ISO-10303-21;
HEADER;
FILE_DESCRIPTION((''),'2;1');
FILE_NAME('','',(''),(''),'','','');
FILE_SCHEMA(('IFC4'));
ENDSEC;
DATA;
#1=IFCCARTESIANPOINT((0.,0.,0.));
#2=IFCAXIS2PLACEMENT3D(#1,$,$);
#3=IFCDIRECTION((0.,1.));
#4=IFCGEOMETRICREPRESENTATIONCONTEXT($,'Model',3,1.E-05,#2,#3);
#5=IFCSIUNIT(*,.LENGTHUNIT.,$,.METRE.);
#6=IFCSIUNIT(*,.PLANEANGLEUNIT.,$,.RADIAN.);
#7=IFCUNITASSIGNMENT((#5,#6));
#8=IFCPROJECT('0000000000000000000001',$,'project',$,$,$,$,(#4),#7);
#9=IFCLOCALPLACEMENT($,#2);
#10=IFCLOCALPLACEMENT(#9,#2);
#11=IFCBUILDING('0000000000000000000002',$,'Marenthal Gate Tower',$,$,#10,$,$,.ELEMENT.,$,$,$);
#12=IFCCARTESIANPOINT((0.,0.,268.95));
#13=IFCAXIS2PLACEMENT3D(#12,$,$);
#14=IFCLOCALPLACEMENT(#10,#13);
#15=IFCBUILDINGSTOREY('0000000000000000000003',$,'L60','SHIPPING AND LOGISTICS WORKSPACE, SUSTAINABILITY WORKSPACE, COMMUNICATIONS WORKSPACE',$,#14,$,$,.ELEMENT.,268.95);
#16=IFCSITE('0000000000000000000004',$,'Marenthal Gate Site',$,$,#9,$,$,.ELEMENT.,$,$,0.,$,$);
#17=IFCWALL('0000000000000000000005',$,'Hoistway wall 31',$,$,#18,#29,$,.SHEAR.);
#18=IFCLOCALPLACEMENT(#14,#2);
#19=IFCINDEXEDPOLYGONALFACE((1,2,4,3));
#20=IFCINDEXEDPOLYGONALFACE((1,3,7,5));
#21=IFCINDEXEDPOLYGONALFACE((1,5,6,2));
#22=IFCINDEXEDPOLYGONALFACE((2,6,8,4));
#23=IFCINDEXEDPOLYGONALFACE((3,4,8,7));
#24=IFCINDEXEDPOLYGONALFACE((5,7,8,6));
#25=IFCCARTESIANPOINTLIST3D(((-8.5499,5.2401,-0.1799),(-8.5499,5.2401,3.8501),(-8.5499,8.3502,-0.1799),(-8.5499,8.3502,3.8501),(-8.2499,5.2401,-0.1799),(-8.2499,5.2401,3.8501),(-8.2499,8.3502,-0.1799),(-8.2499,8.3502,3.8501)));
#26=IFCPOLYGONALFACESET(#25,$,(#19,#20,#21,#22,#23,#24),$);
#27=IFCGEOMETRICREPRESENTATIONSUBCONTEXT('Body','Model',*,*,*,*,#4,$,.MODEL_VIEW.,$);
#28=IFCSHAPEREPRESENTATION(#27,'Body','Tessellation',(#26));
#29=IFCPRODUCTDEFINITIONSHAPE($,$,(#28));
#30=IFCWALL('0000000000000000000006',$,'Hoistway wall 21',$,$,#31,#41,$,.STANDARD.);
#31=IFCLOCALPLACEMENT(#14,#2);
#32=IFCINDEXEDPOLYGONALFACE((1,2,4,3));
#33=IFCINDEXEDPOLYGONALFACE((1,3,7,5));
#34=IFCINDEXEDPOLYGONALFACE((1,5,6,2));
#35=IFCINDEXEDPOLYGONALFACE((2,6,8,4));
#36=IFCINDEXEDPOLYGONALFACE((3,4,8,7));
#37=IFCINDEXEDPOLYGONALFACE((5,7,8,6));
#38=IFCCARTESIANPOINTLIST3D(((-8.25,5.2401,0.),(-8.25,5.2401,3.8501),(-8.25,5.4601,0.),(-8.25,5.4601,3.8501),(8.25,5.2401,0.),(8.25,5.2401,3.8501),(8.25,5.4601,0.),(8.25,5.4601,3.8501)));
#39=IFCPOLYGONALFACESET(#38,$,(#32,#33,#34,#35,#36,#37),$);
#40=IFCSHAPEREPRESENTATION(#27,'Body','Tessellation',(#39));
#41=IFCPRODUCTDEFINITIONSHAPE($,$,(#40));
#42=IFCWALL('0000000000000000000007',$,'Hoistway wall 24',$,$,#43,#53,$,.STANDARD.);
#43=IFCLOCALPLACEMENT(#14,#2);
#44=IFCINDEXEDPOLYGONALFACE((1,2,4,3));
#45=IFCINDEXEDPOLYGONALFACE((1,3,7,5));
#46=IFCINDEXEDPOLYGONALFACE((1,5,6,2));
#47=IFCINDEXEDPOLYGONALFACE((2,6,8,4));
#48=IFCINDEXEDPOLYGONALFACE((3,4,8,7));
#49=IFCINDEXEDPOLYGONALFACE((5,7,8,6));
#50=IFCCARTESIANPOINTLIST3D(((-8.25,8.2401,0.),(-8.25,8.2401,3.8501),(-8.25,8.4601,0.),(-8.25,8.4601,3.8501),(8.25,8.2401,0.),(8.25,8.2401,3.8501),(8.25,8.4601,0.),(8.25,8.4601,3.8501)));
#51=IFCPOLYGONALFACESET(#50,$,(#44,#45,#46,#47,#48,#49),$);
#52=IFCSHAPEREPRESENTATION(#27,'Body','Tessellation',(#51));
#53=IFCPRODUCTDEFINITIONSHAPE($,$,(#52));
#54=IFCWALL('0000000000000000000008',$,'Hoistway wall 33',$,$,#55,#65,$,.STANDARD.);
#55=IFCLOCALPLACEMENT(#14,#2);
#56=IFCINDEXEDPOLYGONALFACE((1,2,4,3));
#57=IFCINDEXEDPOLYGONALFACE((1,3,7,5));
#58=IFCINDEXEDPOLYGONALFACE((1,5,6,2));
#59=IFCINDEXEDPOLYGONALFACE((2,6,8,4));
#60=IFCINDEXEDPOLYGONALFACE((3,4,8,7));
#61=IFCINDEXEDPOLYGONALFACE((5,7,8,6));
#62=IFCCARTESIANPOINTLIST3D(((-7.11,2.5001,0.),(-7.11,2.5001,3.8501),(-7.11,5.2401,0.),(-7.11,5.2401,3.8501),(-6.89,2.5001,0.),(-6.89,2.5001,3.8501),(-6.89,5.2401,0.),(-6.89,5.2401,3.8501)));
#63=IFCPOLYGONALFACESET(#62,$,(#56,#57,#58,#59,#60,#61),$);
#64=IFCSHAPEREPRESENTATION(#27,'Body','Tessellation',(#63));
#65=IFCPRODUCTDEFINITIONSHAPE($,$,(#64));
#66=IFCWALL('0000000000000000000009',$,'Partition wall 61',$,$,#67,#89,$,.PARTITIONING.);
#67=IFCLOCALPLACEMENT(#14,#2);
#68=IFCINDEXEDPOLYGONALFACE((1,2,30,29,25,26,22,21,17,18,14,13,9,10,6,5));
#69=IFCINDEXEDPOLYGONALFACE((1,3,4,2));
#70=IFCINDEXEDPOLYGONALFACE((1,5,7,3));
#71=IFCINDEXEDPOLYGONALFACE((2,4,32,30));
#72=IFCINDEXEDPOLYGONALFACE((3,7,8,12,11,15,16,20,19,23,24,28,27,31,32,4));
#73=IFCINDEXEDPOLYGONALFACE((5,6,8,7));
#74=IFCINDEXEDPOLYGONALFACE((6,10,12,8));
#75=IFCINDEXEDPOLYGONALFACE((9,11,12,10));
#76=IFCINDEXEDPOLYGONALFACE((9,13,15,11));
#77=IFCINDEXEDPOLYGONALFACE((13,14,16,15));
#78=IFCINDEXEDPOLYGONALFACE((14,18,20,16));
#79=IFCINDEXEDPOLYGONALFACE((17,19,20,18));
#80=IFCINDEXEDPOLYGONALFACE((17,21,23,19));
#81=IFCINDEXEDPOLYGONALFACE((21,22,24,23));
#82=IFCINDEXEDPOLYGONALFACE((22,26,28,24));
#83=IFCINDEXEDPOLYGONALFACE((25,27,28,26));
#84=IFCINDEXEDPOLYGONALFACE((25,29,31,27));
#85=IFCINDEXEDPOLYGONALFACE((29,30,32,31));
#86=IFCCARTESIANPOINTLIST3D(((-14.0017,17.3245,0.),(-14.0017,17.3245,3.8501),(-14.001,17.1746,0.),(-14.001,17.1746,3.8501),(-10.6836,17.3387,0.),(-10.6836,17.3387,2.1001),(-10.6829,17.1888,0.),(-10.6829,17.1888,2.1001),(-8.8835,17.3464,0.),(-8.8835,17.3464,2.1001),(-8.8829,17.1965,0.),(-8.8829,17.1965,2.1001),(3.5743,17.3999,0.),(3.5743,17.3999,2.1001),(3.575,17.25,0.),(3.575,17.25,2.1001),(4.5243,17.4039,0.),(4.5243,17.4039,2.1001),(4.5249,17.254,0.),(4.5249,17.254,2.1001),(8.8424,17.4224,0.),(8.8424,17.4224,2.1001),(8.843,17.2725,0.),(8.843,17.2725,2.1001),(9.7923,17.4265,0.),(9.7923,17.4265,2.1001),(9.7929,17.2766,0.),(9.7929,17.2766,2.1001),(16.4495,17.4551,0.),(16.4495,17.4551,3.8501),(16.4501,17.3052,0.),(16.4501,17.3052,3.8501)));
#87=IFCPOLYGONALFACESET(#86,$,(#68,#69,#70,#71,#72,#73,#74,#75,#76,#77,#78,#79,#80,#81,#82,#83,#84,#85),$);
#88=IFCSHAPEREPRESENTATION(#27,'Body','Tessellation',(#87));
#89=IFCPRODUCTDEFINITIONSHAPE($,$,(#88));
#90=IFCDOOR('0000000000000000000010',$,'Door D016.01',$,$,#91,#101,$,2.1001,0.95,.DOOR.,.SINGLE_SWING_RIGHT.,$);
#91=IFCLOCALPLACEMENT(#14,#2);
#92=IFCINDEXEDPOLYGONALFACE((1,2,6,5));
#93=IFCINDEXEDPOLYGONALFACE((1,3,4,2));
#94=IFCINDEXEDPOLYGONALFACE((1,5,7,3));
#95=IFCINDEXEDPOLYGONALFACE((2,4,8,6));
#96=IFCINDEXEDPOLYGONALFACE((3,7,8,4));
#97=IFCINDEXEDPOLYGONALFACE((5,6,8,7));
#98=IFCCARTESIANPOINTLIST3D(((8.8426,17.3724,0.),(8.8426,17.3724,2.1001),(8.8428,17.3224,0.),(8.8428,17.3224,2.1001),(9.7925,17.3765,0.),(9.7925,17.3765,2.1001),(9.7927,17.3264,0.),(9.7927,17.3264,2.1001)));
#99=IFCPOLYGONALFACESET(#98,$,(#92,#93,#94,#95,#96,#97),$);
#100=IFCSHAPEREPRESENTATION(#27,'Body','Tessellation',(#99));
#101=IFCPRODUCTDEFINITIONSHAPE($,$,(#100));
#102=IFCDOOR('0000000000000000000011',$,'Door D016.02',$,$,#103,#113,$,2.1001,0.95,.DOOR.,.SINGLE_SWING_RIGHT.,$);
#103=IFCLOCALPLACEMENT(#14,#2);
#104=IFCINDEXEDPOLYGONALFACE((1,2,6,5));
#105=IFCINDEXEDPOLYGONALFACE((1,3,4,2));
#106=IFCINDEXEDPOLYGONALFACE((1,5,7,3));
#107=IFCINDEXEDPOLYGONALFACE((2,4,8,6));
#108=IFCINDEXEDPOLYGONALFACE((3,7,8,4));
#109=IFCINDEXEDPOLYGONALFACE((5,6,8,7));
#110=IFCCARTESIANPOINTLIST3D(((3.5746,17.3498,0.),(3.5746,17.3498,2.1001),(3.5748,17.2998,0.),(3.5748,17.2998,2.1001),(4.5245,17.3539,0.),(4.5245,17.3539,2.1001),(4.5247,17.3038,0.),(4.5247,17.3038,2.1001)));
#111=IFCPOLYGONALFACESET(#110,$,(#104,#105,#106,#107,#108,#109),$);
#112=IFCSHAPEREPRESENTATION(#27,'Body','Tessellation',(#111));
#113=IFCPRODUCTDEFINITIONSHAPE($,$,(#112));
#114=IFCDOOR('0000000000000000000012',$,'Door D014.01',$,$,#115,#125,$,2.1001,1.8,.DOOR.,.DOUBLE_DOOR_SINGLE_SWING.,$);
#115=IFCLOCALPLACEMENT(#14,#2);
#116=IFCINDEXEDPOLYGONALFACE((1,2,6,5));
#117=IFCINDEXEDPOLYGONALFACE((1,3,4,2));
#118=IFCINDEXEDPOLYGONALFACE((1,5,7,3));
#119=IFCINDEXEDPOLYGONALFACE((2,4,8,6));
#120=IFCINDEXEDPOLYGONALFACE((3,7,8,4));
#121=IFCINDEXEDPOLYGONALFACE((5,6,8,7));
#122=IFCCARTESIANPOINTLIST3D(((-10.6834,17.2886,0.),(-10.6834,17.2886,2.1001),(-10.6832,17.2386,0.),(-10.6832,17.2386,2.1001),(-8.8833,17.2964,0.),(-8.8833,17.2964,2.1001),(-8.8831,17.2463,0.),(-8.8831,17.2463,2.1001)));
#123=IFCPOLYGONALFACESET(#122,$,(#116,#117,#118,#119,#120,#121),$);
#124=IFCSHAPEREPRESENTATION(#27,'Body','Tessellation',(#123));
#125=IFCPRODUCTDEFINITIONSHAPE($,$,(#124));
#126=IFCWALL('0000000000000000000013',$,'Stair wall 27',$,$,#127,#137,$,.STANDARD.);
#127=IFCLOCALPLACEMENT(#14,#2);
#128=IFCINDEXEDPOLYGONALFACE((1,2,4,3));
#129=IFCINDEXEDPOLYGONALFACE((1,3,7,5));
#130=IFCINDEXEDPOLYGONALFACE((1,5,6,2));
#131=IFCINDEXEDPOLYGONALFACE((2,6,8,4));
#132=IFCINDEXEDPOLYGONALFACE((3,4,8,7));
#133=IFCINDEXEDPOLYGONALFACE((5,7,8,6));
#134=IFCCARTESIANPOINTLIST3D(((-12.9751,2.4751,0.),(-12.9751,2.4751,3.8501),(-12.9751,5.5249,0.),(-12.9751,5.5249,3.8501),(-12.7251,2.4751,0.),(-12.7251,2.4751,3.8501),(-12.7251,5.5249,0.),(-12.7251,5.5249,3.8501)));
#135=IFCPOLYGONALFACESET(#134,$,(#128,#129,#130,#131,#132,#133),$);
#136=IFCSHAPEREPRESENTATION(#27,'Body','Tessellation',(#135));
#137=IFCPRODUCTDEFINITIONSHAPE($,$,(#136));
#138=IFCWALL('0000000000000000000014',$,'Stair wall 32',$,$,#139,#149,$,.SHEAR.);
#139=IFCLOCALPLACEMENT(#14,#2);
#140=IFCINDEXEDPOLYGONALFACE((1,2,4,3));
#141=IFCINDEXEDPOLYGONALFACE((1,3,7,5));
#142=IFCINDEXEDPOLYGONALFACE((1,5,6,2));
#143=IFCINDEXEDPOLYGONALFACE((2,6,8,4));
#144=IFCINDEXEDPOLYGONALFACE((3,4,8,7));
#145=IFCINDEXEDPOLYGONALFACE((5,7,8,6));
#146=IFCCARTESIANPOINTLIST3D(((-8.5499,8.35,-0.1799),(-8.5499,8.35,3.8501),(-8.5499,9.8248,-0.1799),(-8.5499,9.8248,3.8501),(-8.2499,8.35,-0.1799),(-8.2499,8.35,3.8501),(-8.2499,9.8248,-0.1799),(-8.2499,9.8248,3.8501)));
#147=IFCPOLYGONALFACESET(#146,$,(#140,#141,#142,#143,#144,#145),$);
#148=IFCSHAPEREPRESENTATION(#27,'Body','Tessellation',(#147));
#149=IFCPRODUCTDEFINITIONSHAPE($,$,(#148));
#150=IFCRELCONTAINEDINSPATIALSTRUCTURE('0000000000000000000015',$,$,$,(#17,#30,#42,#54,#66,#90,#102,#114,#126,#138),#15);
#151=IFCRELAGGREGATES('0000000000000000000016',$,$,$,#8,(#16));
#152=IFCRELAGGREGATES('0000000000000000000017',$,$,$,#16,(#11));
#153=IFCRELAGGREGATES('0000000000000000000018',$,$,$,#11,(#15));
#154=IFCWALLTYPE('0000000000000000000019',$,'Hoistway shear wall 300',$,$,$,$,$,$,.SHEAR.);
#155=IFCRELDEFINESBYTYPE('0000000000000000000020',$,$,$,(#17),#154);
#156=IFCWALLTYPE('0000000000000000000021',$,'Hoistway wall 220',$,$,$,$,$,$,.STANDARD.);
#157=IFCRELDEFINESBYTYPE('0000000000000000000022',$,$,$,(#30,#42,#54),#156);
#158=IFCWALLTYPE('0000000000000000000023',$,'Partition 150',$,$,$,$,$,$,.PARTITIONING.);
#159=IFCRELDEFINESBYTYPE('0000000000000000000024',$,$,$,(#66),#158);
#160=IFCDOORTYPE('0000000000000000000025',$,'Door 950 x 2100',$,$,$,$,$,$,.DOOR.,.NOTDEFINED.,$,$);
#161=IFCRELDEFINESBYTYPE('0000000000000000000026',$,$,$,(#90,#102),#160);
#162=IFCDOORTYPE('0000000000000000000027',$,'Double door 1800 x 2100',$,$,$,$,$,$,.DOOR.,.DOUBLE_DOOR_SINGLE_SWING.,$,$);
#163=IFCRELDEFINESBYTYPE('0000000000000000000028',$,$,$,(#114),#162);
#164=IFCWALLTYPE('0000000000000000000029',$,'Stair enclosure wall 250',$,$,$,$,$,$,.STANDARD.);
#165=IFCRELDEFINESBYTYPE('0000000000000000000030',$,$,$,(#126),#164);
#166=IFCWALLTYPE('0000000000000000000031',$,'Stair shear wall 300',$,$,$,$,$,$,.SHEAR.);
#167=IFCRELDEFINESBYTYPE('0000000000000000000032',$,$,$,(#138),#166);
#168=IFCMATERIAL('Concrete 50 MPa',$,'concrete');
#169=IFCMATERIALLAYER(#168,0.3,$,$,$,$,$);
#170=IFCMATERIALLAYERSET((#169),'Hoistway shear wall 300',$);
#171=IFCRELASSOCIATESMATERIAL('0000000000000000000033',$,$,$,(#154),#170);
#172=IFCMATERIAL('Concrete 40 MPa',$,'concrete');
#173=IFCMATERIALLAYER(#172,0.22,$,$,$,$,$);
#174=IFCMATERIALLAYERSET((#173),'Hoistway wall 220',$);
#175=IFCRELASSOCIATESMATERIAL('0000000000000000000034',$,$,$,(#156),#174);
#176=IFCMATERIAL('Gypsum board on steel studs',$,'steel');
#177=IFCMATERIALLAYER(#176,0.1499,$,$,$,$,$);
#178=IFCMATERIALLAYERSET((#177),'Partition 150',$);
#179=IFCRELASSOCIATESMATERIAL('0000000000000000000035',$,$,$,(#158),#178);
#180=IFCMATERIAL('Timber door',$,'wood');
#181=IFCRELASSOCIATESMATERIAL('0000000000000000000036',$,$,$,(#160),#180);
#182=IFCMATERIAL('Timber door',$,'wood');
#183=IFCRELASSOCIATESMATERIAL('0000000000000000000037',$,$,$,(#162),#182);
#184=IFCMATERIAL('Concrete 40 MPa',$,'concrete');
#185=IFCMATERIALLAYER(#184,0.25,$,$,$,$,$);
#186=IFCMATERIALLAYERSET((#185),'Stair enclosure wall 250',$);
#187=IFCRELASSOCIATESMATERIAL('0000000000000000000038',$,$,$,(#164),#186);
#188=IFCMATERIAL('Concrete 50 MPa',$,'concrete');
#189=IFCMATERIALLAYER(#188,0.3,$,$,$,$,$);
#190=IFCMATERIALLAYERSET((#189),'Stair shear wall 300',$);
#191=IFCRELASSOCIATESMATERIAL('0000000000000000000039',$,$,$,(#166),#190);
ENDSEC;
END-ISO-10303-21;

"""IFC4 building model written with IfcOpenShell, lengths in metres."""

from ifc_helpers import new_model, si_unit, direction, frame, frame_2d, origin, place, context, subcontext, project, spatial, rectangle, extrude, material, layer, layer_set, type_object, element, fill, save


model = new_model("IFC4")

# Units and contexts
model_context = context("Model", 3, precision=1e-05, world=origin(), true_north=direction((0.0, 1.0)))
body_context = subcontext(model_context, "Body", "Model", "MODEL_VIEW")
ifc_project = project(units=[si_unit("LENGTHUNIT", "METRE"), si_unit("PLANEANGLEUNIT", "RADIAN")], contexts=[model_context])

# Site, building, storey
site_placement = place(None, origin())
site = spatial("IfcSite", under=ifc_project, at=site_placement, Name="Marenthal Gate Site", CompositionType="ELEMENT", RefElevation=0.0)
building_placement = place(site_placement, origin())
building = spatial("IfcBuilding", under=site, at=building_placement, Name="Marenthal Gate Tower", CompositionType="ELEMENT")
storey_placement = place(building_placement, frame((0.0, 0.0, 268.95)))
storey = spatial("IfcBuildingStorey", under=building, at=storey_placement, Name="L60", Description="SHIPPING AND LOGISTICS WORKSPACE, SUSTAINABILITY WORKSPACE, COMMUNICATIONS WORKSPACE", CompositionType="ELEMENT", Elevation=268.95)

# Shared definitions
ifc_material_1 = material(Name="Concrete 50 MPa", Category="concrete")
ifc_layer_1 = layer(ifc_material_1, 0.3)
ifc_layer_set_1 = layer_set([ifc_layer_1], Name="Hoistway shear wall 300")
wall_type_1 = type_object("IfcWallType", Name="Hoistway shear wall 300", PredefinedType="SHEAR", material=ifc_layer_set_1)

# Walls
wall_1_placement = place(storey_placement, frame((-8.3999, 5.24, -0.1799), z_axis=(0.0, 0.0, 1.0), x_axis=(0.0, 1.0, 0.0)))
element("IfcWall", 1, at=wall_1_placement, inside=storey, type_object=wall_type_1, Name="Hoistway wall 31", PredefinedType="SHEAR", context=body_context, shape_type="SweptSolid", body=[
    extrude(rectangle(XDim=3.1101, YDim=0.3, at=frame_2d((1.5552, 0.0))), origin(), (0.0, 0.0, 1.0), 4.03),
])
ifc_material_2 = material(Name="Concrete 40 MPa", Category="concrete")
ifc_layer_2 = layer(ifc_material_2, 0.22)
ifc_layer_set_2 = layer_set([ifc_layer_2], Name="Hoistway wall 220")
wall_type_2 = type_object("IfcWallType", Name="Hoistway wall 220", PredefinedType="STANDARD", material=ifc_layer_set_2)
for number, where, z_axis, x_axis, name in (
    (2, (-8.25, 5.3501, 0.0), (0.0, 0.0, 1.0), (1.0, 0.0, 0.0), "Hoistway wall 21"),
    (3, (-8.25, 8.3501, 0.0), (0.0, 0.0, 1.0), (1.0, 0.0, 0.0), "Hoistway wall 24"),
):
    element("IfcWall", number, at=place(storey_placement, frame(where, z_axis=z_axis, x_axis=x_axis)), inside=storey, type_object=wall_type_2, Name=name, PredefinedType="STANDARD", context=body_context, shape_type="SweptSolid", body=[
        extrude(rectangle(XDim=16.5, YDim=0.22, at=frame_2d((8.25, 0.0))), origin(), (0.0, 0.0, 1.0), 3.8501),
    ])
wall_2_placement = place(storey_placement, frame((-7.0, 2.5, 0.0), z_axis=(0.0, 0.0, 1.0), x_axis=(0.0, 1.0, 0.0)))
element("IfcWall", 4, at=wall_2_placement, inside=storey, type_object=wall_type_2, Name="Hoistway wall 33", PredefinedType="STANDARD", context=body_context, shape_type="SweptSolid", body=[
    extrude(rectangle(XDim=2.74, YDim=0.22, at=frame_2d((1.3701, 0.0))), origin(), (0.0, 0.0, 1.0), 3.8501),
])

# Wall, openings, doors
ifc_material_3 = material(Name="Gypsum board on steel studs", Category="steel")
ifc_layer_3 = layer(ifc_material_3, 0.1499)
ifc_layer_set_3 = layer_set([ifc_layer_3], Name="Partition 150")
wall_type_3 = type_object("IfcWallType", Name="Partition 150", PredefinedType="PARTITIONING", material=ifc_layer_set_3)
wall_3_placement = place(storey_placement, frame((-14.0012, 17.2495, 0.0), z_axis=(0.0, 0.0, 1.0), x_axis=(0.999991, 0.004289, 0.0)))
wall_3 = element("IfcWall", 5, at=wall_3_placement, inside=storey, type_object=wall_type_3, Name="Partition wall 61", PredefinedType="PARTITIONING", context=body_context, shape_type="SweptSolid", body=[
    extrude(rectangle(XDim=30.4514, YDim=0.1499, at=frame_2d((15.2256, 0.0))), origin(), (0.0, 0.0, 1.0), 3.8501),
])
opening_1_placement = place(wall_3_placement, frame((22.844, 0.0, 0.0)))
opening_1 = element("IfcOpeningElement", 6, at=opening_1_placement, cuts=wall_3, PredefinedType="OPENING", context=body_context, shape_type="SweptSolid", body=[
    extrude(rectangle(XDim=0.95, YDim=2.1001, at=frame_2d((0.4751, 1.05))), frame((0.0, 0.085, 0.0), z_axis=(0.0, -1.0, 0.0), x_axis=(1.0, 0.0, 0.0)), (0.0, 0.0, 1.0), 0.1699),
])
opening_2_placement = place(wall_3_placement, frame((17.5759, 0.0, 0.0)))
opening_2 = element("IfcOpeningElement", 7, at=opening_2_placement, cuts=wall_3, PredefinedType="OPENING", context=body_context, shape_type="SweptSolid", body=[
    extrude(rectangle(XDim=0.95, YDim=2.1001, at=frame_2d((0.4751, 1.05))), frame((0.0, 0.085, 0.0), z_axis=(0.0, -1.0, 0.0), x_axis=(1.0, 0.0, 0.0)), (0.0, 0.0, 1.0), 0.1699),
])
opening_3_placement = place(wall_3_placement, frame((3.3181, 0.0, 0.0)))
opening_3 = element("IfcOpeningElement", 8, at=opening_3_placement, cuts=wall_3, PredefinedType="OPENING", context=body_context, shape_type="SweptSolid", body=[
    extrude(rectangle(XDim=1.8, YDim=2.1001, at=frame_2d((0.8999, 1.05))), frame((0.0, 0.085, 0.0), z_axis=(0.0, -1.0, 0.0), x_axis=(1.0, 0.0, 0.0)), (0.0, 0.0, 1.0), 0.1699),
])
ifc_material_4 = material(Name="Timber door", Category="wood")
door_type_1 = type_object("IfcDoorType", Name="Door 950 x 2100", OperationType="NOTDEFINED", PredefinedType="DOOR", material=ifc_material_4)
door_1_placement = place(opening_1_placement, origin())
door_1 = element("IfcDoor", 9, at=door_1_placement, inside=storey, type_object=door_type_1, Name="Door D016.01", OperationType="SINGLE_SWING_RIGHT", OverallHeight=2.1001, OverallWidth=0.95, PredefinedType="DOOR", context=body_context, shape_type="SweptSolid", body=[
    extrude(rectangle(XDim=0.95, YDim=2.1001, at=frame_2d((0.4751, 1.05))), frame((0.0, 0.0249, 0.0), z_axis=(0.0, -1.0, 0.0), x_axis=(1.0, 0.0, 0.0)), (0.0, 0.0, 1.0), 0.05),
])
fill(opening_1, door_1)
door_2_placement = place(opening_2_placement, origin())
door_2 = element("IfcDoor", 10, at=door_2_placement, inside=storey, type_object=door_type_1, Name="Door D016.02", OperationType="SINGLE_SWING_RIGHT", OverallHeight=2.1001, OverallWidth=0.95, PredefinedType="DOOR", context=body_context, shape_type="SweptSolid", body=[
    extrude(rectangle(XDim=0.95, YDim=2.1001, at=frame_2d((0.4751, 1.05))), frame((0.0, 0.0249, 0.0), z_axis=(0.0, -1.0, 0.0), x_axis=(1.0, 0.0, 0.0)), (0.0, 0.0, 1.0), 0.05),
])
fill(opening_2, door_2)
ifc_material_5 = material(Name="Timber door", Category="wood")
door_type_2 = type_object("IfcDoorType", Name="Double door 1800 x 2100", OperationType="DOUBLE_DOOR_SINGLE_SWING", PredefinedType="DOOR", material=ifc_material_5)
door_3_placement = place(opening_3_placement, origin())
door_3 = element("IfcDoor", 11, at=door_3_placement, inside=storey, type_object=door_type_2, Name="Door D014.01", OperationType="DOUBLE_DOOR_SINGLE_SWING", OverallHeight=2.1001, OverallWidth=1.8, PredefinedType="DOOR", context=body_context, shape_type="SweptSolid", body=[
    extrude(rectangle(XDim=1.8, YDim=2.1001, at=frame_2d((0.8999, 1.05))), frame((0.0, 0.0249, 0.0), z_axis=(0.0, -1.0, 0.0), x_axis=(1.0, 0.0, 0.0)), (0.0, 0.0, 1.0), 0.05),
])
fill(opening_3, door_3)

# Walls
ifc_material_6 = material(Name="Concrete 40 MPa", Category="concrete")
ifc_layer_4 = layer(ifc_material_6, 0.25)
ifc_layer_set_4 = layer_set([ifc_layer_4], Name="Stair enclosure wall 250")
wall_type_4 = type_object("IfcWallType", Name="Stair enclosure wall 250", PredefinedType="STANDARD", material=ifc_layer_set_4)
wall_4_placement = place(storey_placement, frame((-12.8501, 2.4751, 0.0), z_axis=(0.0, 0.0, 1.0), x_axis=(0.0, 1.0, 0.0)))
element("IfcWall", 12, at=wall_4_placement, inside=storey, type_object=wall_type_4, Name="Stair wall 27", PredefinedType="STANDARD", context=body_context, shape_type="SweptSolid", body=[
    extrude(rectangle(XDim=3.0498, YDim=0.25, at=frame_2d((1.5249, 0.0))), origin(), (0.0, 0.0, 1.0), 3.8501),
])
ifc_material_7 = material(Name="Concrete 50 MPa", Category="concrete")
ifc_layer_5 = layer(ifc_material_7, 0.3)
ifc_layer_set_5 = layer_set([ifc_layer_5], Name="Stair shear wall 300")
wall_type_5 = type_object("IfcWallType", Name="Stair shear wall 300", PredefinedType="SHEAR", material=ifc_layer_set_5)
wall_5_placement = place(storey_placement, frame((-8.3999, 8.3501, -0.1799), z_axis=(0.0, 0.0, 1.0), x_axis=(0.0, 1.0, 0.0)))
element("IfcWall", 13, at=wall_5_placement, inside=storey, type_object=wall_type_5, Name="Stair wall 32", PredefinedType="SHEAR", context=body_context, shape_type="SweptSolid", body=[
    extrude(rectangle(XDim=1.4749, YDim=0.3, at=frame_2d((0.7373, 0.0))), origin(), (0.0, 0.0, 1.0), 4.03),
])

save(model, "model.ifc")
